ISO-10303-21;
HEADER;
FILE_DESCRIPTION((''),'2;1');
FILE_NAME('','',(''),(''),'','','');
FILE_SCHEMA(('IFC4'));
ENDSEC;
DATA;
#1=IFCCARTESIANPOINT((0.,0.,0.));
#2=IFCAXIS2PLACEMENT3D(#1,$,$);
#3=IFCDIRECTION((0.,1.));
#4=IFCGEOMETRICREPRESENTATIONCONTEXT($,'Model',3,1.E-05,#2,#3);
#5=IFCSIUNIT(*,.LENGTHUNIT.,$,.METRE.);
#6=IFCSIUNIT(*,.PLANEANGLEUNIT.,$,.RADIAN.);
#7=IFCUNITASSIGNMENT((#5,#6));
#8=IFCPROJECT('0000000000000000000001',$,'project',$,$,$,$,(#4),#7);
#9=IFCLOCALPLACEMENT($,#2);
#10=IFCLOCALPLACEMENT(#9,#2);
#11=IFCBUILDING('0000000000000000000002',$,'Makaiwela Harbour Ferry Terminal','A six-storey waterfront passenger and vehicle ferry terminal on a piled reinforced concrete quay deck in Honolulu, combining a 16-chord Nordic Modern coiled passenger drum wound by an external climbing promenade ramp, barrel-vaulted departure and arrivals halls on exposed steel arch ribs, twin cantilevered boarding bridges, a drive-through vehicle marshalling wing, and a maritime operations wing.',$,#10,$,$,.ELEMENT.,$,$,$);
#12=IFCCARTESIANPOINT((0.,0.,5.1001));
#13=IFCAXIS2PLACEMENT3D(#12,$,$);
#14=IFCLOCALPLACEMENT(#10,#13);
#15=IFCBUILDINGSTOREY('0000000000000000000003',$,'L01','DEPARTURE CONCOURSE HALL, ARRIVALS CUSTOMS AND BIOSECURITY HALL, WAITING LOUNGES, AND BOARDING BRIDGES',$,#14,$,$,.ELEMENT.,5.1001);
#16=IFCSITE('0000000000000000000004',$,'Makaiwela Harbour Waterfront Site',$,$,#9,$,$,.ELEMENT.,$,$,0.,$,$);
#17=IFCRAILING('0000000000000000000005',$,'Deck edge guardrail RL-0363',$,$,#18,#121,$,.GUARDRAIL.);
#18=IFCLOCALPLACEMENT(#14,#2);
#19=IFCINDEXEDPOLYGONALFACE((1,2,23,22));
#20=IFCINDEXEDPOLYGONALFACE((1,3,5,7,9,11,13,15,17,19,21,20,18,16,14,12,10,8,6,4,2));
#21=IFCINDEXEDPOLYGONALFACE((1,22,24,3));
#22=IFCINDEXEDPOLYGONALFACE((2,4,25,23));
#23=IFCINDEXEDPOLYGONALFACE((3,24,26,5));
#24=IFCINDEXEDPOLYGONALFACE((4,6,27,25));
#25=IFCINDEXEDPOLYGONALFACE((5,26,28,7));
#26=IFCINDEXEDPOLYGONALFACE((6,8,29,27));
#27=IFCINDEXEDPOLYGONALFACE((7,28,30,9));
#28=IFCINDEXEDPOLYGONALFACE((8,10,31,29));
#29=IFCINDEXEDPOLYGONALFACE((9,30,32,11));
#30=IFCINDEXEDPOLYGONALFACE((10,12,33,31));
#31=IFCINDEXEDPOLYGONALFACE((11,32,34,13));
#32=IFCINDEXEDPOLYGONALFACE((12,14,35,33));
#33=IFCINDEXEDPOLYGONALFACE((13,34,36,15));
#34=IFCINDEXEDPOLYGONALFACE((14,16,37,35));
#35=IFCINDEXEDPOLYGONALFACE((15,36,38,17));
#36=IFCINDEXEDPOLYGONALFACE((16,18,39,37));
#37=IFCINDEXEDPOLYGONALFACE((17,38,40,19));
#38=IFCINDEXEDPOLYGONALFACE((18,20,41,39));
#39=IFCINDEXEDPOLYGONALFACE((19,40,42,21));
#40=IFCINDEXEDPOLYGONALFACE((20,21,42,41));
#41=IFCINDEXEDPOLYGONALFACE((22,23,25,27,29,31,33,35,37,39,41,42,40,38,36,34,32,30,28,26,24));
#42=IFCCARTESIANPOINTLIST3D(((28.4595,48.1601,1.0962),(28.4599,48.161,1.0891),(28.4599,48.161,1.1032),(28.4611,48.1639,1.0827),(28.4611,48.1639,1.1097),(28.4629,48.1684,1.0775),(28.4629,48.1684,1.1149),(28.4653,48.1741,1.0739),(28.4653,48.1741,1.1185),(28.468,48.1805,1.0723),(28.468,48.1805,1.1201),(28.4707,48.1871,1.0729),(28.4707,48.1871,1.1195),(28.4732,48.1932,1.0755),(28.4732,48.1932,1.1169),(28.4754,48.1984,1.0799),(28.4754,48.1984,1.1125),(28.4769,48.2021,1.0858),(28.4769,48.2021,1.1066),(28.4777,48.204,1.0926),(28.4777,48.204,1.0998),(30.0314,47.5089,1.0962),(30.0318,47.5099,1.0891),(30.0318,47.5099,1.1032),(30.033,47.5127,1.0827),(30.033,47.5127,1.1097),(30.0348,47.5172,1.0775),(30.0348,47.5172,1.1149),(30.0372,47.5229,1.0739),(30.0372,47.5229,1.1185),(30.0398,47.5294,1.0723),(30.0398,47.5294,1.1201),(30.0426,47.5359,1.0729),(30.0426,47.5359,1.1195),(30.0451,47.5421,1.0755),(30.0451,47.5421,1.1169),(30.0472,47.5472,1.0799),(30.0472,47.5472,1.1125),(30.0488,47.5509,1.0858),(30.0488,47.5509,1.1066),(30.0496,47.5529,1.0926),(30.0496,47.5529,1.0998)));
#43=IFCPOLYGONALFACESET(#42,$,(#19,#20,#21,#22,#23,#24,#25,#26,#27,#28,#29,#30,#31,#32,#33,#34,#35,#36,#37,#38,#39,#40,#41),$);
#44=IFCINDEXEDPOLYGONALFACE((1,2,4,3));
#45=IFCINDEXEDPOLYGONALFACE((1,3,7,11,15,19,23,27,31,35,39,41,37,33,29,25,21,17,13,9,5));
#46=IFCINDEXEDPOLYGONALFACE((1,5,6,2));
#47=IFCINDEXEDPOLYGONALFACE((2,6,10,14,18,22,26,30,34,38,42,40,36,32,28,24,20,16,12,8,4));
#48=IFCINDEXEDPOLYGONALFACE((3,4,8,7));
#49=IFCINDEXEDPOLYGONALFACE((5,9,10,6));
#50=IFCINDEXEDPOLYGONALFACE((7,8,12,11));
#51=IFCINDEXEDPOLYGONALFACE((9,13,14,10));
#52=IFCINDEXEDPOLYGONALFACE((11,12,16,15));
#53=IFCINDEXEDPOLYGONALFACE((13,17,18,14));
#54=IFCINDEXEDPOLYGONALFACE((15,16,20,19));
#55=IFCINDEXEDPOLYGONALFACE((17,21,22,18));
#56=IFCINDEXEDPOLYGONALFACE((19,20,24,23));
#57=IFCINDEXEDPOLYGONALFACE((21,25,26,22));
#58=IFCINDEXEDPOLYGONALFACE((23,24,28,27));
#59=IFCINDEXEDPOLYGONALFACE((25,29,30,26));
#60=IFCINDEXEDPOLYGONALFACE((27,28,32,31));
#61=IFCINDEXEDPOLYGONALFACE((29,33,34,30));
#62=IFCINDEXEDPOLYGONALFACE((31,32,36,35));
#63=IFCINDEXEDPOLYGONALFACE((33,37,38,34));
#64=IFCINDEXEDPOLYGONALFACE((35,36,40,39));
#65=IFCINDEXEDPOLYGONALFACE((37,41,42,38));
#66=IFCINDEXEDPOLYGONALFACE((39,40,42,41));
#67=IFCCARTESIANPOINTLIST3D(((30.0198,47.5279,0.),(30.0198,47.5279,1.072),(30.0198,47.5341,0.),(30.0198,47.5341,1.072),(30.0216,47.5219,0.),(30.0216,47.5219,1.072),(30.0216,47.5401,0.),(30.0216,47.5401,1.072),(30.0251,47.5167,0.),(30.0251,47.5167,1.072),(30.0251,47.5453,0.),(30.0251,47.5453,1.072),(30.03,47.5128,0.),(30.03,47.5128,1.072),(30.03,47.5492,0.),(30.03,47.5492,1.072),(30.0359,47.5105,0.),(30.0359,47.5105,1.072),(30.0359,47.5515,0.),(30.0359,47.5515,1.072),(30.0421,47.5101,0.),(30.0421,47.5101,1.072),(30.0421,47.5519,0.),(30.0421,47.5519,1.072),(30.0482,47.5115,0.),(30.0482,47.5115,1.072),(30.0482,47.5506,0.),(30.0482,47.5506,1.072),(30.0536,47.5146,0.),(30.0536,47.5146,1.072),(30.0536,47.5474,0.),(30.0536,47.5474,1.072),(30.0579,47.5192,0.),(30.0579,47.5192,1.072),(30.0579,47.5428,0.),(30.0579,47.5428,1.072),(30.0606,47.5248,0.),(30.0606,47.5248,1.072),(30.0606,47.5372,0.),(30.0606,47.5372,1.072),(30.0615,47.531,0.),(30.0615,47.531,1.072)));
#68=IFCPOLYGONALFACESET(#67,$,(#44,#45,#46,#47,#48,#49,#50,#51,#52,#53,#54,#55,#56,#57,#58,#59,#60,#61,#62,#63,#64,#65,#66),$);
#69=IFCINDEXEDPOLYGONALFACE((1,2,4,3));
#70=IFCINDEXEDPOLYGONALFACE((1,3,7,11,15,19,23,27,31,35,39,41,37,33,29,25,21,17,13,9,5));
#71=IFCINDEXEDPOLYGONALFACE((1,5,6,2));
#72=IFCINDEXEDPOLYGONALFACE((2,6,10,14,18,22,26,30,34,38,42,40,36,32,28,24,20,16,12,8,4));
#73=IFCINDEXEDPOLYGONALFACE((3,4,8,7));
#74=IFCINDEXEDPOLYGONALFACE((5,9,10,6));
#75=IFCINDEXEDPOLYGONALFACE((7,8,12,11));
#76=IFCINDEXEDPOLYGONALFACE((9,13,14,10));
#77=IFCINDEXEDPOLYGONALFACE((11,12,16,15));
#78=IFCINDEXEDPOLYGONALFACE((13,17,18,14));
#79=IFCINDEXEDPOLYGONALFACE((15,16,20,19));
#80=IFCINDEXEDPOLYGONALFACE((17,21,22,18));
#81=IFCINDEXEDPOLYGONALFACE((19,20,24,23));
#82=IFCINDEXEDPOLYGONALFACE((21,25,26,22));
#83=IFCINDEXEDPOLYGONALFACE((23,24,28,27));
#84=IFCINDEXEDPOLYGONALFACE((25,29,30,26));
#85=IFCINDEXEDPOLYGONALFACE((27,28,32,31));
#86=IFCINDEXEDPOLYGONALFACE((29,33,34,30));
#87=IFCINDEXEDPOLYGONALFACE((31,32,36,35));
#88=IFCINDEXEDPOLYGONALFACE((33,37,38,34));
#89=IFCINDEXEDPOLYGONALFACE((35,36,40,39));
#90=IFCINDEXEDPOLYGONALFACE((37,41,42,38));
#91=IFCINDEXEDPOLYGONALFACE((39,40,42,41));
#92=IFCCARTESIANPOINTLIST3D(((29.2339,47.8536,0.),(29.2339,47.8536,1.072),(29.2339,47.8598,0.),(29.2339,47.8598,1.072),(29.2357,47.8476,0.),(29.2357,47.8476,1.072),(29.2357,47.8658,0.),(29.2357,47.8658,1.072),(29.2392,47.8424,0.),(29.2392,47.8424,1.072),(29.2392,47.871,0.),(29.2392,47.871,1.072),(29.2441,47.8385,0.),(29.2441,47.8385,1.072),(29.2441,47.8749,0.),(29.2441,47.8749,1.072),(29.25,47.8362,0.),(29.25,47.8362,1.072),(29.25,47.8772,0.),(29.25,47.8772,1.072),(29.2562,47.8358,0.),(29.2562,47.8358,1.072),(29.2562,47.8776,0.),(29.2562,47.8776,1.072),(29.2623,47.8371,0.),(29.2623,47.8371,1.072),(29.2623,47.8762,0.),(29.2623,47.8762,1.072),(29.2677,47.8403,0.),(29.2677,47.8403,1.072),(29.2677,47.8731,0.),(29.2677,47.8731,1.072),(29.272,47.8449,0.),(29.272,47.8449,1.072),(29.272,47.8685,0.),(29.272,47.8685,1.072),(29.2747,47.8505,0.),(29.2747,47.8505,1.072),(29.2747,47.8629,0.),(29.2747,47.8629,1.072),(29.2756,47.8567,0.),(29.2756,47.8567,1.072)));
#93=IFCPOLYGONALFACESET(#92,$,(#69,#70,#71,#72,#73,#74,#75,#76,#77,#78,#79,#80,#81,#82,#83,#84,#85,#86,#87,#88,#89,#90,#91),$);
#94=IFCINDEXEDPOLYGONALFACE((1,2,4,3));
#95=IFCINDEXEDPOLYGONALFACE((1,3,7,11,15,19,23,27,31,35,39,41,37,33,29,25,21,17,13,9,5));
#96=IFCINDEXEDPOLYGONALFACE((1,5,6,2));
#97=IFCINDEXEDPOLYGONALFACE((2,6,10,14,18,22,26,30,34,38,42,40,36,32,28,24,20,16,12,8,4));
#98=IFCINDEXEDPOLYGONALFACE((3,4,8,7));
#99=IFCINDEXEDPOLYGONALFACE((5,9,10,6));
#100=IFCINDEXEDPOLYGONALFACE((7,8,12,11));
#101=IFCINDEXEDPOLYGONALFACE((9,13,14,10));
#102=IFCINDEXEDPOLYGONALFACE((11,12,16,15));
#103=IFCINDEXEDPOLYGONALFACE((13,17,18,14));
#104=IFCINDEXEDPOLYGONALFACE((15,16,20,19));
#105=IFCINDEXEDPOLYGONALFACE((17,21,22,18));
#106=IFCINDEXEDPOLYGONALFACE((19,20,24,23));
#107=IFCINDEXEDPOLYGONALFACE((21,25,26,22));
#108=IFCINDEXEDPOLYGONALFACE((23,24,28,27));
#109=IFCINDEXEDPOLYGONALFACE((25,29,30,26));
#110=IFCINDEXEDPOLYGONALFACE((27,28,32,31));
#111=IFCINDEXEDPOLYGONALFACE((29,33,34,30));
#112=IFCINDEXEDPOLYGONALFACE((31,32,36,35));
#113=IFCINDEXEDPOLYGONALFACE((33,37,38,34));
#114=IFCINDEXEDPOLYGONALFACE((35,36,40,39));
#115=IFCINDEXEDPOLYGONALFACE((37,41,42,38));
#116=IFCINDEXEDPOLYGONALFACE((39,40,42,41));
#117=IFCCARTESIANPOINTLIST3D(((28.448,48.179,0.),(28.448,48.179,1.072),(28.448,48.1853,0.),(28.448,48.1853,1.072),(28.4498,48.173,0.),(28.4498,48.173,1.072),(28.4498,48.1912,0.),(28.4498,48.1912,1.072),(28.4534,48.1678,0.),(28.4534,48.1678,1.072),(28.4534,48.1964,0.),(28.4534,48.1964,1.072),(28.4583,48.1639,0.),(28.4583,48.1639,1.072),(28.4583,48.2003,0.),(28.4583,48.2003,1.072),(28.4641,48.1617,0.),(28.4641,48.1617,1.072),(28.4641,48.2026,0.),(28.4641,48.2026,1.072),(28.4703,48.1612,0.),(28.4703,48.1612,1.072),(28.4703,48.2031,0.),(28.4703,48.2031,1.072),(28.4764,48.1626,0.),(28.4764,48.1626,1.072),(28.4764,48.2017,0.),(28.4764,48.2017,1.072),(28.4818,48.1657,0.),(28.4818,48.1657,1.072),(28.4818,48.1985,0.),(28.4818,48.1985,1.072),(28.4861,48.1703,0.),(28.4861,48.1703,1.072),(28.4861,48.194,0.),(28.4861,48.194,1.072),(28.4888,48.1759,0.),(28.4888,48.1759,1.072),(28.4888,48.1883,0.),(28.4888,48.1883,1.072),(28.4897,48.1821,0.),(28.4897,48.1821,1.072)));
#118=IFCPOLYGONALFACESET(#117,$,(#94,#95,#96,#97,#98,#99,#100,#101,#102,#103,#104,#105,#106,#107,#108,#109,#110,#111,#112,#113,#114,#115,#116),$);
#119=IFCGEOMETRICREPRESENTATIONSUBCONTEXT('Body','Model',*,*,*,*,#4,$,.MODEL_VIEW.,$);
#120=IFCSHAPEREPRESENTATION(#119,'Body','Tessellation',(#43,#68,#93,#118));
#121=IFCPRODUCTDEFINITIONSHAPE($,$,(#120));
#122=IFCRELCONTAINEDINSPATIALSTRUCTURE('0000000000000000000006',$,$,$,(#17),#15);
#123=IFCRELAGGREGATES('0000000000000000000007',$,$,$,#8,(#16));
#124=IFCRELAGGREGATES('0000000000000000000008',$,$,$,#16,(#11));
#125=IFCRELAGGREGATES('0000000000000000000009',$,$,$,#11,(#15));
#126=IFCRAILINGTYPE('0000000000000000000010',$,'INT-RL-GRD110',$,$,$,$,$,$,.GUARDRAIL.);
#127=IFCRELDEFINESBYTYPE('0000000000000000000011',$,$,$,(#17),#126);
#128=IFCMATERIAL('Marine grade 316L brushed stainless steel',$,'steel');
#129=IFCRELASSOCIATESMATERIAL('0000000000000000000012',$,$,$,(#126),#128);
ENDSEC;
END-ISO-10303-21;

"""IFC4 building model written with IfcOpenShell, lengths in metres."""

from ifc_helpers import new_model, si_unit, direction, frame, origin, origin_2d, place, context, subcontext, project, spatial, circle, extrude, material, type_object, element, save


model = new_model("IFC4")

# Units and contexts
model_context = context("Model", 3, precision=1e-05, world=origin(), true_north=direction((0.0, 1.0)))
body_context = subcontext(model_context, "Body", "Model", "MODEL_VIEW")
ifc_project = project(units=[si_unit("LENGTHUNIT", "METRE"), si_unit("PLANEANGLEUNIT", "RADIAN")], contexts=[model_context])

# Site, building, storey
site_placement = place(None, origin())
site = spatial("IfcSite", under=ifc_project, at=site_placement, Name="Makaiwela Harbour Waterfront Site", CompositionType="ELEMENT", RefElevation=0.0)
building_placement = place(site_placement, origin())
building = spatial("IfcBuilding", under=site, at=building_placement, Name="Makaiwela Harbour Ferry Terminal", Description="A six-storey waterfront passenger and vehicle ferry terminal on a piled reinforced concrete quay deck in Honolulu, combining a 16-chord Nordic Modern coiled passenger drum wound by an external climbing promenade ramp, barrel-vaulted departure and arrivals halls on exposed steel arch ribs, twin cantilevered boarding bridges, a drive-through vehicle marshalling wing, and a maritime operations wing.", CompositionType="ELEMENT")
storey_placement = place(building_placement, frame((0.0, 0.0, 5.1001)))
storey = spatial("IfcBuildingStorey", under=building, at=storey_placement, Name="L01", Description="DEPARTURE CONCOURSE HALL, ARRIVALS CUSTOMS AND BIOSECURITY HALL, WAITING LOUNGES, AND BOARDING BRIDGES", CompositionType="ELEMENT", Elevation=5.1001)

# Railing
ifc_material_1 = material(Name="Marine grade 316L brushed stainless steel", Category="steel")
railing_type = type_object("IfcRailingType", Name="INT-RL-GRD110", PredefinedType="GUARDRAIL", material=ifc_material_1)
railing_1_placement = place(storey_placement, frame((30.0405, 47.531, 0.0)))
element("IfcRailing", 1, at=railing_1_placement, inside=storey, type_object=railing_type, Name="Deck edge guardrail RL-0363", PredefinedType="GUARDRAIL", context=body_context, shape_type="SweptSolid", body=[
    extrude(circle(Radius=0.0239, at=origin_2d()), frame((0.0, 0.0, 1.0962), z_axis=(-0.923865, 0.382719, 0.0), x_axis=(-0.382719, -0.923865, 0.0)), (0.0, 0.0, 1.0), 1.7014),
    extrude(circle(Radius=0.021, at=origin_2d()), origin(), (0.0, 0.0, 1.0), 1.072),
    extrude(circle(Radius=0.021, at=origin_2d()), frame((-0.7859, 0.3257, 0.0)), (0.0, 0.0, 1.0), 1.072),
    extrude(circle(Radius=0.021, at=origin_2d()), frame((-1.5718, 0.6511, 0.0)), (0.0, 0.0, 1.0), 1.072),
])

save(model, "model.ifc")
